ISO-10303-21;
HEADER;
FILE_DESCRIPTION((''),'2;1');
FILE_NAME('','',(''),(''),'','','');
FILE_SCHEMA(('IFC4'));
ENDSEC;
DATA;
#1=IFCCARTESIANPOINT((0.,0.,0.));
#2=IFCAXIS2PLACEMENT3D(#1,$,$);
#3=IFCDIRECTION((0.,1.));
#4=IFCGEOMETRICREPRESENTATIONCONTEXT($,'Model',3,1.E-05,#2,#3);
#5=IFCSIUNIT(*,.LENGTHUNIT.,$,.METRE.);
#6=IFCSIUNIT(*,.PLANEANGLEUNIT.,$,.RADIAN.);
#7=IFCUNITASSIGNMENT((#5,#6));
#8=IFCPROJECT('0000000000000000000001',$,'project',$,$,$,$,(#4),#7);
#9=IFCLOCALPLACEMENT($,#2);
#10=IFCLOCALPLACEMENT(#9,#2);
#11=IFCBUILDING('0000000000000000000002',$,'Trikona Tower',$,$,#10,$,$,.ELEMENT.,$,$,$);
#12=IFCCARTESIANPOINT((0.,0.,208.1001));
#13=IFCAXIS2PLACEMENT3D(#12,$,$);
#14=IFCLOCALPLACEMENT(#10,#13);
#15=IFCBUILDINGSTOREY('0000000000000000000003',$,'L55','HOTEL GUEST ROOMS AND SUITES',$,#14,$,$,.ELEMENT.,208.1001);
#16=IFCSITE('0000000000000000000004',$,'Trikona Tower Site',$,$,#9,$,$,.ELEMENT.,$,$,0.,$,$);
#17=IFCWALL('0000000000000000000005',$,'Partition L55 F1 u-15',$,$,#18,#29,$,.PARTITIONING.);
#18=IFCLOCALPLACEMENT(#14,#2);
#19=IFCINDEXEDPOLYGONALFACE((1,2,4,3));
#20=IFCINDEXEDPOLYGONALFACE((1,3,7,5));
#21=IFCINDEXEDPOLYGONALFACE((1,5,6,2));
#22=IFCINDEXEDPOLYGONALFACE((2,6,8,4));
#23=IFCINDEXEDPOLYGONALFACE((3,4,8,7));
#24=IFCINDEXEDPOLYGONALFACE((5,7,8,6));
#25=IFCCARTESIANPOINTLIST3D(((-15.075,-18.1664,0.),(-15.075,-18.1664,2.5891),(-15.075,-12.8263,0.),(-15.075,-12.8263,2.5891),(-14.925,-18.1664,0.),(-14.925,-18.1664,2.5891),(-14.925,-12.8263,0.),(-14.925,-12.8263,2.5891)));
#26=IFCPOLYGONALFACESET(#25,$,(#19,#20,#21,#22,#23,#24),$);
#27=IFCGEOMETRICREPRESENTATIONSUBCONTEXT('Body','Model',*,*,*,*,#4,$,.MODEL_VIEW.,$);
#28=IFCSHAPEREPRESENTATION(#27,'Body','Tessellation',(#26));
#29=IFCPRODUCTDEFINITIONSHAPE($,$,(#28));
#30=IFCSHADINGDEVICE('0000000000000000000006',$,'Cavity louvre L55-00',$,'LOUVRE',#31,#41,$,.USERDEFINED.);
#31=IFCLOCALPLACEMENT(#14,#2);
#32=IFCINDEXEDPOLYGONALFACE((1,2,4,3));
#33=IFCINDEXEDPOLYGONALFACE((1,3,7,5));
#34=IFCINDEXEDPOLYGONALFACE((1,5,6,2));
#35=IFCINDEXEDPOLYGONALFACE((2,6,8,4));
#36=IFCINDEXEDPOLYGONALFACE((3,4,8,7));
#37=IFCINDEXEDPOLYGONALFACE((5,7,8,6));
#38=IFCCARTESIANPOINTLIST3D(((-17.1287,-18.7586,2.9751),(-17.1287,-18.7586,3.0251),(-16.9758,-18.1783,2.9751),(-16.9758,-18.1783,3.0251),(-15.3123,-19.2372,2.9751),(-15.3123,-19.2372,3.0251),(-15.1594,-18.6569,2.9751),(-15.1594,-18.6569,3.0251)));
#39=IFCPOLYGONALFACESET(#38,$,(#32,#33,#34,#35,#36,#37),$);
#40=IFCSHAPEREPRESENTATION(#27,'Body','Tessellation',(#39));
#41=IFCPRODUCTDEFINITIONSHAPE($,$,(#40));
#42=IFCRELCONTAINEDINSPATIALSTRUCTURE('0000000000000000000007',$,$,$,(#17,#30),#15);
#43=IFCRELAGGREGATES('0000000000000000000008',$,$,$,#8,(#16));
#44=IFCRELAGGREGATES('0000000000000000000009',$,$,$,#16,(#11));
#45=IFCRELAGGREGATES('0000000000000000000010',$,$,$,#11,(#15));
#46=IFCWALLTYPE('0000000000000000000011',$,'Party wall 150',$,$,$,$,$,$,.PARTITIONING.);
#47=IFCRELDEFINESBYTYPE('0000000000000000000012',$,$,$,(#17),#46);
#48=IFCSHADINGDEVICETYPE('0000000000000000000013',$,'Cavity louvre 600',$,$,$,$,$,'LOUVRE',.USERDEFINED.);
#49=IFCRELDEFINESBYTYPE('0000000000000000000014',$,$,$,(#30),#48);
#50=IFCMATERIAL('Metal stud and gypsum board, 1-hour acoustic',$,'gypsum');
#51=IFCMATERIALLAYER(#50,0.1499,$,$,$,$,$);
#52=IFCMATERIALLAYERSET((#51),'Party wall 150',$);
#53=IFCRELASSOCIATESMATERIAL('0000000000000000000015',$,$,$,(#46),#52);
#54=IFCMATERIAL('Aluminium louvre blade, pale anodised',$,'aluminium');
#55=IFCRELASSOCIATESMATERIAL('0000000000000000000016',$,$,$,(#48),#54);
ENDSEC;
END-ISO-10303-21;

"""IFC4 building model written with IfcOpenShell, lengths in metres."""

from ifc_helpers import new_model, si_unit, direction, frame, frame_2d, origin, origin_2d, place, context, subcontext, project, spatial, rectangle, extrude, material, layer, layer_set, type_object, element, save


model = new_model("IFC4")

# Units and contexts
model_context = context("Model", 3, precision=1e-05, world=origin(), true_north=direction((0.0, 1.0)))
body_context = subcontext(model_context, "Body", "Model", "MODEL_VIEW")
ifc_project = project(units=[si_unit("LENGTHUNIT", "METRE"), si_unit("PLANEANGLEUNIT", "RADIAN")], contexts=[model_context])

# Site, building, storey
site_placement = place(None, origin())
site = spatial("IfcSite", under=ifc_project, at=site_placement, Name="Trikona Tower Site", CompositionType="ELEMENT", RefElevation=0.0)
building_placement = place(site_placement, origin())
building = spatial("IfcBuilding", under=site, at=building_placement, Name="Trikona Tower", CompositionType="ELEMENT")
storey_placement = place(building_placement, frame((0.0, 0.0, 208.1001)))
storey = spatial("IfcBuildingStorey", under=building, at=storey_placement, Name="L55", Description="HOTEL GUEST ROOMS AND SUITES", CompositionType="ELEMENT", Elevation=208.1001)

# Wall
ifc_material_1 = material(Name="Metal stud and gypsum board, 1-hour acoustic", Category="gypsum")
ifc_layer_1 = layer(ifc_material_1, 0.1499)
ifc_layer_set_1 = layer_set([ifc_layer_1], Name="Party wall 150")
wall_type_1 = type_object("IfcWallType", Name="Party wall 150", PredefinedType="PARTITIONING", material=ifc_layer_set_1)
wall_1_placement = place(storey_placement, frame((-15.0, -12.8264, 0.0), z_axis=(0.0, 0.0, 1.0), x_axis=(0.0, -1.0, 0.0)))
element("IfcWall", 1, at=wall_1_placement, inside=storey, type_object=wall_type_1, Name="Partition L55 F1 u-15", PredefinedType="PARTITIONING", context=body_context, shape_type="SweptSolid", body=[
    extrude(rectangle(XDim=5.3401, YDim=0.1499, at=frame_2d((2.6699, 0.0))), origin(), (0.0, 0.0, 1.0), 2.5891),
])

# Shading device
ifc_material_2 = material(Name="Aluminium louvre blade, pale anodised", Category="aluminium")
shading_device_type = type_object("IfcShadingDeviceType", Name="Cavity louvre 600", ElementType="LOUVRE", PredefinedType="USERDEFINED", material=ifc_material_2)
shading_device_placement = place(storey_placement, frame((-16.144, -18.7078, 2.9751), z_axis=(0.0, 0.0, 1.0), x_axis=(0.966993, -0.254803, 0.0)))
element("IfcShadingDevice", 2, at=shading_device_placement, inside=storey, type_object=shading_device_type, Name="Cavity louvre L55-00", ObjectType="LOUVRE", PredefinedType="USERDEFINED", context=body_context, shape_type="SweptSolid", body=[
    extrude(rectangle(XDim=1.8784, YDim=0.6001, at=origin_2d()), origin(), (0.0, 0.0, 1.0), 0.05),
])

save(model, "model.ifc")
